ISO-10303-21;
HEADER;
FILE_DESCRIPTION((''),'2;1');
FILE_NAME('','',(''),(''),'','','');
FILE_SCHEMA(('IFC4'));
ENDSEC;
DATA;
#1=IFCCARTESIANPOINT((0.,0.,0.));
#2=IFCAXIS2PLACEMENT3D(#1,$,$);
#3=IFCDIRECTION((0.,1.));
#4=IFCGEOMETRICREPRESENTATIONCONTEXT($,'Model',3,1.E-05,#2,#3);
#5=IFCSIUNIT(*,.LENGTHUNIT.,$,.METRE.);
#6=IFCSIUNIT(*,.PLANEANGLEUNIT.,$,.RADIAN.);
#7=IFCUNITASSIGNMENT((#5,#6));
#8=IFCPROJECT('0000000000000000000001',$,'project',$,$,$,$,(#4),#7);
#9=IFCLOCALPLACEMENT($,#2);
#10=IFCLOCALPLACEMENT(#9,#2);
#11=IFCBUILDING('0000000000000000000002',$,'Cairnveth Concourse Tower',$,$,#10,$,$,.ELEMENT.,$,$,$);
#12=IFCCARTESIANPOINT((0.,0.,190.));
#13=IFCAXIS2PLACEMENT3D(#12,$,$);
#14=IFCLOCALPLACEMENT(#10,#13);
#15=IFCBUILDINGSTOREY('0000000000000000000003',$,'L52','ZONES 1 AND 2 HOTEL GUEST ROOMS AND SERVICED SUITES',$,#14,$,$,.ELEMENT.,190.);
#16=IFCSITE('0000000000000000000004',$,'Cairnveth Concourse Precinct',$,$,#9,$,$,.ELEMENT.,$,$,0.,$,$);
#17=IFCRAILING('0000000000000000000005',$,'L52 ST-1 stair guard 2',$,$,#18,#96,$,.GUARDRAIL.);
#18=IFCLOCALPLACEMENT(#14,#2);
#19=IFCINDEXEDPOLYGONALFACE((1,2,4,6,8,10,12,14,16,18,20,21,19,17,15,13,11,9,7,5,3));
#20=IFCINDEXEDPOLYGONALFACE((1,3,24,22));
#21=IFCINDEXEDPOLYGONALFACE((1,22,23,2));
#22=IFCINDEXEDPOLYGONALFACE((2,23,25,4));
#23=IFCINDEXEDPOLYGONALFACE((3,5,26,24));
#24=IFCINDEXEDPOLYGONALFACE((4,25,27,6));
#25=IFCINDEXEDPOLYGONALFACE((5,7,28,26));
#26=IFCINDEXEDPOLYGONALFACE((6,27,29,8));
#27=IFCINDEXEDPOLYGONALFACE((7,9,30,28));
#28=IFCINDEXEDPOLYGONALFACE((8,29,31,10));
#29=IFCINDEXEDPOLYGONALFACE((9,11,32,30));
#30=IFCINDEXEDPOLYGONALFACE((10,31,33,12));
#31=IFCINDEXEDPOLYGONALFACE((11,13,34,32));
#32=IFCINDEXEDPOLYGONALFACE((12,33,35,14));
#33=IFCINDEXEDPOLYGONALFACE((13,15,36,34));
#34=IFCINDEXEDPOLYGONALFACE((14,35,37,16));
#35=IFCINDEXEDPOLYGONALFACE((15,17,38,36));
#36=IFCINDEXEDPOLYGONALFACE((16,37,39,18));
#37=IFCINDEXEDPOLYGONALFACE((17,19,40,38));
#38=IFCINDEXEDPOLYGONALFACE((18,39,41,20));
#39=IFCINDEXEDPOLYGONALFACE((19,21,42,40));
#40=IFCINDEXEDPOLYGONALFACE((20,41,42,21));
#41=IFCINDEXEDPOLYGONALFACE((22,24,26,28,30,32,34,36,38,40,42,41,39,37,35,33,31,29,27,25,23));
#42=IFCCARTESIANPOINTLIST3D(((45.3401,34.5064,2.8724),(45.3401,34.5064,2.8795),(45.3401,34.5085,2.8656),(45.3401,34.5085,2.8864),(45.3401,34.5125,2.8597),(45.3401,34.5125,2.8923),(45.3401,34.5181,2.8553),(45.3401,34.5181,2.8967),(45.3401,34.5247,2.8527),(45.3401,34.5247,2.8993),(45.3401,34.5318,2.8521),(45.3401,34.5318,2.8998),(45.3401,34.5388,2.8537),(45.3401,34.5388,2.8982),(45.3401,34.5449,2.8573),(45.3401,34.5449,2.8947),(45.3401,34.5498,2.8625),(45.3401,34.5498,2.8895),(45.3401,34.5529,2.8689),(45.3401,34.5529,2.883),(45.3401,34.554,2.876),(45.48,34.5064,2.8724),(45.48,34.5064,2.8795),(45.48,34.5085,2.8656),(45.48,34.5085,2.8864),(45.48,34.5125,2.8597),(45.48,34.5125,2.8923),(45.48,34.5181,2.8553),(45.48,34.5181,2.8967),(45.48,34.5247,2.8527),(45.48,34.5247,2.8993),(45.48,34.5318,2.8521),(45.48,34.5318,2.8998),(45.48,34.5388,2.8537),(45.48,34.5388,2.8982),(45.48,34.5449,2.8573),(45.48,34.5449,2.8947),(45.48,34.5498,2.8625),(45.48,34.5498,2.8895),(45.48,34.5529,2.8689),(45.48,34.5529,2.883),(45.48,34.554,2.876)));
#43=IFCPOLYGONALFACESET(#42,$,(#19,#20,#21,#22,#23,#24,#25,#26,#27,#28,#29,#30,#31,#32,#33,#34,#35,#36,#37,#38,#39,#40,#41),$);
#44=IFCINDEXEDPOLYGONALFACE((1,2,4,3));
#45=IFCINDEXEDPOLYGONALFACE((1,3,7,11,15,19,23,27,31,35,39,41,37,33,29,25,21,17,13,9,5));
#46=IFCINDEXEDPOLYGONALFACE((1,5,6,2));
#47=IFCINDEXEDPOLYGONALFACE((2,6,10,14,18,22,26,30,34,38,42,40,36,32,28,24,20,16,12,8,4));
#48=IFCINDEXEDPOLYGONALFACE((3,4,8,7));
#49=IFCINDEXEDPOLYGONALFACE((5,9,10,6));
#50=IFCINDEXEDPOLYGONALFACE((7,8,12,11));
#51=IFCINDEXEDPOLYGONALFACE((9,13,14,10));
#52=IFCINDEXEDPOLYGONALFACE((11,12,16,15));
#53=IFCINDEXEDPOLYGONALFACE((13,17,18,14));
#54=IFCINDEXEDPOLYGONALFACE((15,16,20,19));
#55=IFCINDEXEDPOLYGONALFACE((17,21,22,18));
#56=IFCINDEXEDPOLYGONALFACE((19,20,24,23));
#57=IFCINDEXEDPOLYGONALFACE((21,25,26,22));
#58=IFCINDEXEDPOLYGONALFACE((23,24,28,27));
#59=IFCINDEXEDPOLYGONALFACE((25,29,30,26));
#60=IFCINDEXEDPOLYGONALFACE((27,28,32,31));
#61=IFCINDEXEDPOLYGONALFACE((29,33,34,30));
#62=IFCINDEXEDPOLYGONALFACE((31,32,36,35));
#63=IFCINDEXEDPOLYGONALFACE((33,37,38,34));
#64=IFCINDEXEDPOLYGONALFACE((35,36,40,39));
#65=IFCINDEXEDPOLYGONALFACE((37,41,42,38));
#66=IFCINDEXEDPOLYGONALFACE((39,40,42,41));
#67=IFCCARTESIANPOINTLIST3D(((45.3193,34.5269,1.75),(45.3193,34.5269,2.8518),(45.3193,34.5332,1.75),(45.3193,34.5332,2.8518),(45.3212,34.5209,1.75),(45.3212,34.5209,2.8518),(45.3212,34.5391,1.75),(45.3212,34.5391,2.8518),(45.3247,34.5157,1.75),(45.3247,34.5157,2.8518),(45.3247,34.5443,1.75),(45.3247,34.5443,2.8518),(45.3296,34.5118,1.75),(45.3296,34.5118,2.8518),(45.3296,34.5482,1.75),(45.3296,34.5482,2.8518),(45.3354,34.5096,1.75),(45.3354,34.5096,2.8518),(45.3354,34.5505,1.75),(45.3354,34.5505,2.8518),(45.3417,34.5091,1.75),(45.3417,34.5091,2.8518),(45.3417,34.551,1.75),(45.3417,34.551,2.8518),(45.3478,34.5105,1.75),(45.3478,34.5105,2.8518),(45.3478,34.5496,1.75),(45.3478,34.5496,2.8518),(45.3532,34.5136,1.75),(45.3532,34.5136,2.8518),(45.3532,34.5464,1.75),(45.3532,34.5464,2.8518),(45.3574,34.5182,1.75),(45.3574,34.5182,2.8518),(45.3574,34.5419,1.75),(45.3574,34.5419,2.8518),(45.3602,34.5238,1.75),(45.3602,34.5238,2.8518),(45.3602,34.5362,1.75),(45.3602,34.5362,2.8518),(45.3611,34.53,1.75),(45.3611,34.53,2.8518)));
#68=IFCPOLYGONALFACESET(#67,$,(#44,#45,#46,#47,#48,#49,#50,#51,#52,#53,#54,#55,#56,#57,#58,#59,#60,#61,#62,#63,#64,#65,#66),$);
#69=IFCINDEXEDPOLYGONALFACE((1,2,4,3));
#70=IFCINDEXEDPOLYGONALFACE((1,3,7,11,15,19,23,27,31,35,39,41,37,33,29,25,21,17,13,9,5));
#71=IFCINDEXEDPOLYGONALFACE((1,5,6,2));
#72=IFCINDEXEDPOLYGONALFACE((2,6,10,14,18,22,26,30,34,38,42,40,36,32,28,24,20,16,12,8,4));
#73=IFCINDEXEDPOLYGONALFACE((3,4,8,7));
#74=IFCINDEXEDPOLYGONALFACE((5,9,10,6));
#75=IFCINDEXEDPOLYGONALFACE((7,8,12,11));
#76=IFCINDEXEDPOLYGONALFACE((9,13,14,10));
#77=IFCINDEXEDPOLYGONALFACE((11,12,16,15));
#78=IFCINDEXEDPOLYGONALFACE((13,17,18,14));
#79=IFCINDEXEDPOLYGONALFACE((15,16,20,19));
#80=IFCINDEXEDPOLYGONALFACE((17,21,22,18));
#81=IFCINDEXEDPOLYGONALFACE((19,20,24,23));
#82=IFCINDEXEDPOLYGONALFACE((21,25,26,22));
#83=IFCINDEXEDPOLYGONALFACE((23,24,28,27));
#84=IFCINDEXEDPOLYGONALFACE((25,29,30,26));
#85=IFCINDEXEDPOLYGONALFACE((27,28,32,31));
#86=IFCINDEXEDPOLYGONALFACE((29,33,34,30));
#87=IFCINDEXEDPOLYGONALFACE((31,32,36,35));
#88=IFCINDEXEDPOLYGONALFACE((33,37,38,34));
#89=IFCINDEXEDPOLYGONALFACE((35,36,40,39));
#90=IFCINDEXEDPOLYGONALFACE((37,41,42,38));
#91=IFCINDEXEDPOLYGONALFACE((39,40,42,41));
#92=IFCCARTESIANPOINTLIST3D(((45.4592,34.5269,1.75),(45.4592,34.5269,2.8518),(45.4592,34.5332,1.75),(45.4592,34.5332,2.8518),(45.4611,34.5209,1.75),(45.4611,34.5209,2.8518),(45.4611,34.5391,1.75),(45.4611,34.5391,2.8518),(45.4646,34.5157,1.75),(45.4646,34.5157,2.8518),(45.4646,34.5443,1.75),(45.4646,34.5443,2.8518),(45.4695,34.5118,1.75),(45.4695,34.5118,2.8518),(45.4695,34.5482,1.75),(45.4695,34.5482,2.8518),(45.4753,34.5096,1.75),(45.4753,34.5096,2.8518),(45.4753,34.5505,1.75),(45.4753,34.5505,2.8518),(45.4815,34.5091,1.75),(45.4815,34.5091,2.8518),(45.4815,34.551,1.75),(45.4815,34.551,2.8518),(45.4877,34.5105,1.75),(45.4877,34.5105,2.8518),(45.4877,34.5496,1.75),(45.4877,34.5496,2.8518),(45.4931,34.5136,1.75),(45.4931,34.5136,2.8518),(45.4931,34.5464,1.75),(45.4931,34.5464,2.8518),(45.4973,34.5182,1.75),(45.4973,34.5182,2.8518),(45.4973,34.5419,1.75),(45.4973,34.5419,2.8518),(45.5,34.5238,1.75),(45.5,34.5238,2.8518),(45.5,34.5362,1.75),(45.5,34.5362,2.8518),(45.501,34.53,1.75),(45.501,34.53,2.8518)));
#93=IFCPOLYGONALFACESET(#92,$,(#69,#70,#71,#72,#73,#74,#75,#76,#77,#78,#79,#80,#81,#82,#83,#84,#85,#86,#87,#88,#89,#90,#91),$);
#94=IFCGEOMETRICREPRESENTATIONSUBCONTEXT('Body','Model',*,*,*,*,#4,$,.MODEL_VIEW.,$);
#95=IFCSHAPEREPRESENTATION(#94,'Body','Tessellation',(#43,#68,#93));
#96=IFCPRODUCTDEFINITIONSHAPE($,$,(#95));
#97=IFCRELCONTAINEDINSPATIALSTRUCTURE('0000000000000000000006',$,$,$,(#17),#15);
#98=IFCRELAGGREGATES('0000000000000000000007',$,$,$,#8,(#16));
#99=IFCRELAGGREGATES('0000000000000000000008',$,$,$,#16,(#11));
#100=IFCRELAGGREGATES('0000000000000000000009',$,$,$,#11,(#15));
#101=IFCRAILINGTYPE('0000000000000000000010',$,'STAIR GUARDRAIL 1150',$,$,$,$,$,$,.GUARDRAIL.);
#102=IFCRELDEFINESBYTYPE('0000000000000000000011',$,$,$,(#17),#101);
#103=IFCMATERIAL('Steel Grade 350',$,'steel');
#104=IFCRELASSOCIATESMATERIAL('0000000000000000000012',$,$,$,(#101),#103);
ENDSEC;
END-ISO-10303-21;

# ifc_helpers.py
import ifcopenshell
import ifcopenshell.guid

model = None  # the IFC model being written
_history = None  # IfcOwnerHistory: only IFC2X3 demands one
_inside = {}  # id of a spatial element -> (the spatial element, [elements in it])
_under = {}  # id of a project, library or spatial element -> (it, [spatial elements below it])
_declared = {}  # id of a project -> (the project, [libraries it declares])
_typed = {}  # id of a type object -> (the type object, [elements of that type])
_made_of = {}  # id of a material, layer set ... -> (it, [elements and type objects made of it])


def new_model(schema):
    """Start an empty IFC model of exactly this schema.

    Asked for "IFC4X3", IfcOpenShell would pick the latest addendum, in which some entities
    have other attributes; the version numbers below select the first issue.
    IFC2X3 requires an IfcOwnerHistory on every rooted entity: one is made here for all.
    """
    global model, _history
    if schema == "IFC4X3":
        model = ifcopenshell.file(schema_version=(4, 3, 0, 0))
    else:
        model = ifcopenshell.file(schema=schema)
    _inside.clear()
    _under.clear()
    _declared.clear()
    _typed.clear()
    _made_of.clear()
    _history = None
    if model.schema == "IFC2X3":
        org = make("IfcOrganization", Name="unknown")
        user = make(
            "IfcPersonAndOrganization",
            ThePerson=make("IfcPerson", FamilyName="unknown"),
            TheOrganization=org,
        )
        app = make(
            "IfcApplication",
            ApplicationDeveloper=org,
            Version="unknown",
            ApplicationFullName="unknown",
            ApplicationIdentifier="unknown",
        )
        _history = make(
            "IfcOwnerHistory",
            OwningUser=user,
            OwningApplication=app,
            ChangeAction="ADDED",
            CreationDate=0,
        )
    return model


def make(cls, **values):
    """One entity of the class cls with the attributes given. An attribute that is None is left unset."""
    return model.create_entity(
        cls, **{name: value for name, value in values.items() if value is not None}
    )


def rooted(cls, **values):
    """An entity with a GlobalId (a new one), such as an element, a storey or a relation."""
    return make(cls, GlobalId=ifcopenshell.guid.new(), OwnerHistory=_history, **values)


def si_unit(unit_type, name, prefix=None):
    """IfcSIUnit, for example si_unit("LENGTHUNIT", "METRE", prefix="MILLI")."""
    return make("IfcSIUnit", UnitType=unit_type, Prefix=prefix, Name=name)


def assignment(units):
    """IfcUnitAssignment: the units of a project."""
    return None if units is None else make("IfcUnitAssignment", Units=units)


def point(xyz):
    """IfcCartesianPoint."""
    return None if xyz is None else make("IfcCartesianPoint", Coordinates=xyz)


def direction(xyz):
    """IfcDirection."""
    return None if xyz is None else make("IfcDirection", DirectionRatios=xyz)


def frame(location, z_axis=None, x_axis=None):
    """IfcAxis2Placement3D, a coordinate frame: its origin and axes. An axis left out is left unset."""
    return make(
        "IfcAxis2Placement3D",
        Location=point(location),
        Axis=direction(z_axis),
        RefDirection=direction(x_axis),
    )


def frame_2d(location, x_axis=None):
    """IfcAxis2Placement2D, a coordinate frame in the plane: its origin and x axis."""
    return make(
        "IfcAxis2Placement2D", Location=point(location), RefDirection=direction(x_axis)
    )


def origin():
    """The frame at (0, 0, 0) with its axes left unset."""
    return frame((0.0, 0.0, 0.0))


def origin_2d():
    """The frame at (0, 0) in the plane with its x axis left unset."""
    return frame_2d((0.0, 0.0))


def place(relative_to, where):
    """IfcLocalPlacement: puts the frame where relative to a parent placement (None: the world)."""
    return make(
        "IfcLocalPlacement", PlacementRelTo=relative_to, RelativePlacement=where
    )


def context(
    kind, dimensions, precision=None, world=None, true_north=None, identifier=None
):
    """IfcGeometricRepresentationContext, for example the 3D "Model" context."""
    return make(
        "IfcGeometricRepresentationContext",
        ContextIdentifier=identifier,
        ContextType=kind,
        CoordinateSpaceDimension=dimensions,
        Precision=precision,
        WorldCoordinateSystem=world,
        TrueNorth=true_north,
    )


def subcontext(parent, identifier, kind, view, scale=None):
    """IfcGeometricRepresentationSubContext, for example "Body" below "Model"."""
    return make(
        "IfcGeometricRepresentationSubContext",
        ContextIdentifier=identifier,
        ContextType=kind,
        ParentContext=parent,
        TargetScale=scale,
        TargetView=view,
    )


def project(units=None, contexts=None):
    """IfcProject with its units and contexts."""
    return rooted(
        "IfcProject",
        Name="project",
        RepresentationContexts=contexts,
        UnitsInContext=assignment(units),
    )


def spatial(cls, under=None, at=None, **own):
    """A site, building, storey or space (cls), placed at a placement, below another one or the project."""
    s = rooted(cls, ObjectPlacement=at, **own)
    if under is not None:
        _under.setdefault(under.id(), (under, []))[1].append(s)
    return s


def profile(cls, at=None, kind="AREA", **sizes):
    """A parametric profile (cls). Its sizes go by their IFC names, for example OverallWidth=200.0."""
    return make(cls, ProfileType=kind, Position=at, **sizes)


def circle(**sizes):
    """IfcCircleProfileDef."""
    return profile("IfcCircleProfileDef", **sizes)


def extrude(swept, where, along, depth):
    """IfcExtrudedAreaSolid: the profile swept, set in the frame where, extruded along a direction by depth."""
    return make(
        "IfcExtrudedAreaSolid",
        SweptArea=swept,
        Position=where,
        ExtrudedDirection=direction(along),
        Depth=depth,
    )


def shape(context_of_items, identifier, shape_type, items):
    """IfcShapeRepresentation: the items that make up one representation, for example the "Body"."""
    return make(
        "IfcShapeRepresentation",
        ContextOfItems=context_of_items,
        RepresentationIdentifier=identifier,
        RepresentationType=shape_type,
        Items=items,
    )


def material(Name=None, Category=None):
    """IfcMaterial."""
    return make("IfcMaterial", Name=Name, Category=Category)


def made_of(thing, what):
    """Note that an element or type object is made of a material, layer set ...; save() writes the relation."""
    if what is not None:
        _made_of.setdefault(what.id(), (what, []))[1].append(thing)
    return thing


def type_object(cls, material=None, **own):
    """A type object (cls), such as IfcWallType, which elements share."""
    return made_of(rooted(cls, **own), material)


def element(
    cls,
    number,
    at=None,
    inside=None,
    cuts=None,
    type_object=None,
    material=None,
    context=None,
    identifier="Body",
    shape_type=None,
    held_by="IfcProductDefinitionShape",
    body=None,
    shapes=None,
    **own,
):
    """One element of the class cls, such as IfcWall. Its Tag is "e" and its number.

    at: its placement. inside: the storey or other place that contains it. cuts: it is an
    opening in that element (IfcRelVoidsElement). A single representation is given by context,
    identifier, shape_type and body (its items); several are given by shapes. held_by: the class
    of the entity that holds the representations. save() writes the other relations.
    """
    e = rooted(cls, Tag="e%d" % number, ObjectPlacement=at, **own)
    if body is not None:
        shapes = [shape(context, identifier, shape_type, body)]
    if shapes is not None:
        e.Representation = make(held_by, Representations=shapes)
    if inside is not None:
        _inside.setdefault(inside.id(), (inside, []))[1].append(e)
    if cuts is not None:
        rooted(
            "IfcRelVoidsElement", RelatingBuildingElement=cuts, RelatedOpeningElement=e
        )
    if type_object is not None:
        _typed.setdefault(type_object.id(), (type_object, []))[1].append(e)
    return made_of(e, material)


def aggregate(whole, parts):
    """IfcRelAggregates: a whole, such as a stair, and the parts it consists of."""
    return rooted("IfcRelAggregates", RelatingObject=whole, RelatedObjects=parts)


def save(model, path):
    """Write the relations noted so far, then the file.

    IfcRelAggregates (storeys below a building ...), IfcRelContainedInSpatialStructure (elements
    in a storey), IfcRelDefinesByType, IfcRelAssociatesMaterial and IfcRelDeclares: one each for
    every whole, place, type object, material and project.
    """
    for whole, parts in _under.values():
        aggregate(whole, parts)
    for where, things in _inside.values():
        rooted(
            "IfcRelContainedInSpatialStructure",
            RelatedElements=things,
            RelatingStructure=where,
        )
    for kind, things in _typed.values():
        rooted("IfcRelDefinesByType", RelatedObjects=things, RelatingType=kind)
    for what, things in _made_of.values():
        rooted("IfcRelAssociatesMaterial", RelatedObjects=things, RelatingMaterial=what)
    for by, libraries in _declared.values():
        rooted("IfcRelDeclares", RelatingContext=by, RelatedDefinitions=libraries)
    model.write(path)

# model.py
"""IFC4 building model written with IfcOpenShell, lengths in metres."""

from ifc_helpers import new_model, si_unit, direction, frame, origin, origin_2d, place, context, subcontext, project, spatial, circle, extrude, material, type_object, element, save


model = new_model("IFC4")

# Units and contexts
model_context = context("Model", 3, precision=1e-05, world=origin(), true_north=direction((0.0, 1.0)))
body_context = subcontext(model_context, "Body", "Model", "MODEL_VIEW")
ifc_project = project(units=[si_unit("LENGTHUNIT", "METRE"), si_unit("PLANEANGLEUNIT", "RADIAN")], contexts=[model_context])

# Site, building, storey
site_placement = place(None, origin())
site = spatial("IfcSite", under=ifc_project, at=site_placement, Name="Cairnveth Concourse Precinct", CompositionType="ELEMENT", RefElevation=0.0)
building_placement = place(site_placement, origin())
building = spatial("IfcBuilding", under=site, at=building_placement, Name="Cairnveth Concourse Tower", CompositionType="ELEMENT")
storey_placement = place(building_placement, frame((0.0, 0.0, 190.0)))
storey = spatial("IfcBuildingStorey", under=building, at=storey_placement, Name="L52", Description="ZONES 1 AND 2 HOTEL GUEST ROOMS AND SERVICED SUITES", CompositionType="ELEMENT", Elevation=190.0)

# Shared definitions
ifc_material_1 = material(Name="Steel Grade 350", Category="steel")

# Railing
railing_type = type_object("IfcRailingType", Name="STAIR GUARDRAIL 1150", PredefinedType="GUARDRAIL", material=ifc_material_1)
railing_1_placement = place(storey_placement, frame((45.3401, 34.53, 1.75)))
element("IfcRailing", 1, at=railing_1_placement, inside=storey, type_object=railing_type, Name="L52 ST-1 stair guard 2", PredefinedType="GUARDRAIL", context=body_context, shape_type="SweptSolid", body=[
    extrude(circle(Radius=0.0239, at=origin_2d()), frame((0.0, 0.0, 1.126), z_axis=(1.0, 0.0, 0.0), x_axis=(0.0, 1.0, 0.0)), (0.0, 0.0, 1.0), 0.1399),
    extrude(circle(Radius=0.021, at=origin_2d()), origin(), (0.0, 0.0, 1.0), 1.1018),
    extrude(circle(Radius=0.021, at=origin_2d()), frame((0.1399, 0.0, 0.0)), (0.0, 0.0, 1.0), 1.1018),
])

save(model, "model.ifc")
